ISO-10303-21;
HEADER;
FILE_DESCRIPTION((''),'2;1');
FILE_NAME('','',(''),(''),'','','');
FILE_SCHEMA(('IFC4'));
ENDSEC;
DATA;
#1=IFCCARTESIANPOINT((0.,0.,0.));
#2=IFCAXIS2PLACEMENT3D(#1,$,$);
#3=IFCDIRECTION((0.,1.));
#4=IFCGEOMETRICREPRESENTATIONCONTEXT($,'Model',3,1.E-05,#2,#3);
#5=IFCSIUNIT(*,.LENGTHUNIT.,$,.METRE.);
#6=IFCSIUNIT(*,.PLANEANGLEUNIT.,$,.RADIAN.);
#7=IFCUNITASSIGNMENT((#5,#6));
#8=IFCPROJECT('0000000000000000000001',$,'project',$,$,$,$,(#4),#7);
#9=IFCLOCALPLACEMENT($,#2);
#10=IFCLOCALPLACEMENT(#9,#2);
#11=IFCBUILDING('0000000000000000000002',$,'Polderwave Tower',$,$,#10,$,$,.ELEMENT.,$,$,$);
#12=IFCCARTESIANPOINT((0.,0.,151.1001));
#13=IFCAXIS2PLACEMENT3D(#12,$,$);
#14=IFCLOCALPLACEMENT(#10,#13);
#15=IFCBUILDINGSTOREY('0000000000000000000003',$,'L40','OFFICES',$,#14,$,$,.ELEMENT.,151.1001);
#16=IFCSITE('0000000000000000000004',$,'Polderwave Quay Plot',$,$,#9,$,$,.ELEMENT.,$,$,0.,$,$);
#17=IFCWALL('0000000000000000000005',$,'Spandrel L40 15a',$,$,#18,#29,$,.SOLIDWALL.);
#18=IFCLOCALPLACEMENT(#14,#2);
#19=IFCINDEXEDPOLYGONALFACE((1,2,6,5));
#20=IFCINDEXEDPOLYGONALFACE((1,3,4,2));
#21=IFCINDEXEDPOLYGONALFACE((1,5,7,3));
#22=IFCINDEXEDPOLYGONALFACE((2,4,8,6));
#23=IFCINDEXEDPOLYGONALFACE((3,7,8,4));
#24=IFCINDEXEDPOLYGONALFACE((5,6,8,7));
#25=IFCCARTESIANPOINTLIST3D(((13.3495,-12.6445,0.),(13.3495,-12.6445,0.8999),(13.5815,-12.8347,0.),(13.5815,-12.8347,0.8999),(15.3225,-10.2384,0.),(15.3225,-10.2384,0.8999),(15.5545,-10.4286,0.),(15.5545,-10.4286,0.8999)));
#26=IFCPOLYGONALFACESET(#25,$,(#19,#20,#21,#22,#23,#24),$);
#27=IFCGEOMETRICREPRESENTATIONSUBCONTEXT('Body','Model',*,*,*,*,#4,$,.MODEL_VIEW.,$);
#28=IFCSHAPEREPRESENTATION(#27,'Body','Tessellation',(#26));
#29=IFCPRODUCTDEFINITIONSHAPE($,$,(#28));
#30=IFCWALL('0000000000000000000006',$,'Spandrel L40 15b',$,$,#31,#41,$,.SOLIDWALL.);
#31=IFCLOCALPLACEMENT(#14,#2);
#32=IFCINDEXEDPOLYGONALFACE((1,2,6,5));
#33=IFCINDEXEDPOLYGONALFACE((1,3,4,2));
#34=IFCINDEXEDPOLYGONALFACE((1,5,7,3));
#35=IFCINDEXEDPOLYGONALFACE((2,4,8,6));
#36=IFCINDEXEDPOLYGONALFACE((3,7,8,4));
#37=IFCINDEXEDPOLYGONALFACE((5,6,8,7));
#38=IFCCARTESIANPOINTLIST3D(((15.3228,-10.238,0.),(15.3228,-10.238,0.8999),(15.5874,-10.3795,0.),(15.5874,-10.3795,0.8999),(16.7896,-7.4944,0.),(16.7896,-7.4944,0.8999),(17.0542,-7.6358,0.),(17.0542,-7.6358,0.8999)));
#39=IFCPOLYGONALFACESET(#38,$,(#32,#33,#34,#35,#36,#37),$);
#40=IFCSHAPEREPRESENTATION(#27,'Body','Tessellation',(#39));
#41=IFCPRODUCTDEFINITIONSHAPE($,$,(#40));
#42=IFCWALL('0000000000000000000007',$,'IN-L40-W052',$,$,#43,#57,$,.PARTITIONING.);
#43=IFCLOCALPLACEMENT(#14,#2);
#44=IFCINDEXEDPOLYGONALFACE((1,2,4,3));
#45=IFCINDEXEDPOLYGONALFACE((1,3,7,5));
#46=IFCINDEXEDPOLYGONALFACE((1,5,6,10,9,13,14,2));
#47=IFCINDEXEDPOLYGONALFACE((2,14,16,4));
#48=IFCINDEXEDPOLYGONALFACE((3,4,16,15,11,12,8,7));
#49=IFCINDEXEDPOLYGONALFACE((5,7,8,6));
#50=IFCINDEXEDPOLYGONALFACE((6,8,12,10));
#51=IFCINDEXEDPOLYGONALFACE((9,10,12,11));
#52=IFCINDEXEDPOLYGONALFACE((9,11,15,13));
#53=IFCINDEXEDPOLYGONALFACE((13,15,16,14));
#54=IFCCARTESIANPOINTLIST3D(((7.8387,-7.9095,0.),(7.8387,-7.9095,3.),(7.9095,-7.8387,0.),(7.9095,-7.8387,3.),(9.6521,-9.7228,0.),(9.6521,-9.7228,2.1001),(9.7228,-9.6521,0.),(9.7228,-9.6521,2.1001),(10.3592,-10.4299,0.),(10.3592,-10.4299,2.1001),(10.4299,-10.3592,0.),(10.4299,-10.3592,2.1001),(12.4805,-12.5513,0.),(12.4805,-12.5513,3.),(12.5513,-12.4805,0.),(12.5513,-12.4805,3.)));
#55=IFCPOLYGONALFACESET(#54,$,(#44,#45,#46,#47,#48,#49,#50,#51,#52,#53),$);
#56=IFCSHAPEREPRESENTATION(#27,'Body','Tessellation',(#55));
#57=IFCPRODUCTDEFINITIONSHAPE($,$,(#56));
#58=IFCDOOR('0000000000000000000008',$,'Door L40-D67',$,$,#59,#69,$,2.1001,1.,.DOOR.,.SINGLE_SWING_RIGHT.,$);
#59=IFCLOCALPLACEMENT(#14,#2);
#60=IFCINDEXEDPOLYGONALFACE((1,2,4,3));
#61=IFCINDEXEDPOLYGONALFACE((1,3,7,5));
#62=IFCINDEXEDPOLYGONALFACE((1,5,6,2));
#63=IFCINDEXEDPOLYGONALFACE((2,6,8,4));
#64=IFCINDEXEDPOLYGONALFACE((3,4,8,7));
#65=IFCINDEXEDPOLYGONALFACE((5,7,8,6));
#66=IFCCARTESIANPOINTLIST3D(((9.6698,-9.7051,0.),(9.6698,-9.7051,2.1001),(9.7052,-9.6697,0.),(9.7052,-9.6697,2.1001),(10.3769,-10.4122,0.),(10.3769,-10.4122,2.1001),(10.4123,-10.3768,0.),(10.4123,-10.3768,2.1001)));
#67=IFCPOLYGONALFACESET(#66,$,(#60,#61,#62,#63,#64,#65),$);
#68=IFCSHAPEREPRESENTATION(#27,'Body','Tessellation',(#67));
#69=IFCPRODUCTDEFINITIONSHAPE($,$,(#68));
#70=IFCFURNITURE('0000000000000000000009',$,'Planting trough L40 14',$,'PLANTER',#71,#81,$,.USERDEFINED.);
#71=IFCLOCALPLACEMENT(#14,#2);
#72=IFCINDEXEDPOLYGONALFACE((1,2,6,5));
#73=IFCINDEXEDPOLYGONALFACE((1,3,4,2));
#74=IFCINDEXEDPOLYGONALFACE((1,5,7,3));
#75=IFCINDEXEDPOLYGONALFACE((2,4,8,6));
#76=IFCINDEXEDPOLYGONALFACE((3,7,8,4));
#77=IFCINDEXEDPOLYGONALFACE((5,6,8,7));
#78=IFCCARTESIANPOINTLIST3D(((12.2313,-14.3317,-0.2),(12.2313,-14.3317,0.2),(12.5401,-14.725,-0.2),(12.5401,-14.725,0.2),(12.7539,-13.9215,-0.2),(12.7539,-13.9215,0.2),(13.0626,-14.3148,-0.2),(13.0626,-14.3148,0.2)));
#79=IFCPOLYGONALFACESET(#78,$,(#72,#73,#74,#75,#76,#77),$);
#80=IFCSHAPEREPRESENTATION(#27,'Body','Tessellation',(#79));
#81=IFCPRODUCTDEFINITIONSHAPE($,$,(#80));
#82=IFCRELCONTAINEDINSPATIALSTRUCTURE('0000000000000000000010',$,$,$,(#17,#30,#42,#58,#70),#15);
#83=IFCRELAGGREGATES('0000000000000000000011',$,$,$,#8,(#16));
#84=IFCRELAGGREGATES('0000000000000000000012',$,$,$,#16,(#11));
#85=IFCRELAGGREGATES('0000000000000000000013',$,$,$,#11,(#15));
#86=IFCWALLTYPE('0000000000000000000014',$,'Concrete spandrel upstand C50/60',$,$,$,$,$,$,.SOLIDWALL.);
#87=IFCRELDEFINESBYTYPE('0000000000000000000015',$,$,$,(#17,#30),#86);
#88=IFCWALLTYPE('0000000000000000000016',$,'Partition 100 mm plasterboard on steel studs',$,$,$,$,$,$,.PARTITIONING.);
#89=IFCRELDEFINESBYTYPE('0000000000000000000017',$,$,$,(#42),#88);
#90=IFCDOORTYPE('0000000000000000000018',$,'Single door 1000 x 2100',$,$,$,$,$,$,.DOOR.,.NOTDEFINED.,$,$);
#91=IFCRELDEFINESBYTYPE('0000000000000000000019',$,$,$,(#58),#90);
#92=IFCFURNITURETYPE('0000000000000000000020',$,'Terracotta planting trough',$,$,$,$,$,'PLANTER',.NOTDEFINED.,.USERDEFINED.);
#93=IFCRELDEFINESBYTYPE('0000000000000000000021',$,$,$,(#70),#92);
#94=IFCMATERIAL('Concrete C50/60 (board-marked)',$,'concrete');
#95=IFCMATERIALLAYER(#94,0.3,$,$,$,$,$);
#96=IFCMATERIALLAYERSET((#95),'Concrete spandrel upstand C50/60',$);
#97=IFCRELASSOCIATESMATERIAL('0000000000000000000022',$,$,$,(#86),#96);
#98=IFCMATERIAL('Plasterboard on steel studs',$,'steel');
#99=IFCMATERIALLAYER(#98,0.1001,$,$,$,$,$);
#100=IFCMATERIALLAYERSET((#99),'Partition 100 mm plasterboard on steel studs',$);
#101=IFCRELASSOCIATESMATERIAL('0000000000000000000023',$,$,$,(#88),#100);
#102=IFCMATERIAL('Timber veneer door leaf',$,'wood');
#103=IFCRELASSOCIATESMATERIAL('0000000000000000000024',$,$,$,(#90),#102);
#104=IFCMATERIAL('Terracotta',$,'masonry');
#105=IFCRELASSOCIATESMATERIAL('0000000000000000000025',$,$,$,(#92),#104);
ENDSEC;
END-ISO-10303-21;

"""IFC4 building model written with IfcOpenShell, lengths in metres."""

from ifc_helpers import new_model, si_unit, direction, frame, frame_2d, origin, origin_2d, place, context, subcontext, project, spatial, rectangle, extrude, material, layer, layer_set, type_object, element, fill, save


model = new_model("IFC4")

# Units and contexts
model_context = context("Model", 3, precision=1e-05, world=origin(), true_north=direction((0.0, 1.0)))
body_context = subcontext(model_context, "Body", "Model", "MODEL_VIEW")
ifc_project = project(units=[si_unit("LENGTHUNIT", "METRE"), si_unit("PLANEANGLEUNIT", "RADIAN")], contexts=[model_context])

# Site, building, storey
site_placement = place(None, origin())
site = spatial("IfcSite", under=ifc_project, at=site_placement, Name="Polderwave Quay Plot", CompositionType="ELEMENT", RefElevation=0.0)
building_placement = place(site_placement, origin())
building = spatial("IfcBuilding", under=site, at=building_placement, Name="Polderwave Tower", CompositionType="ELEMENT")
storey_placement = place(building_placement, frame((0.0, 0.0, 151.1001)))
storey = spatial("IfcBuildingStorey", under=building, at=storey_placement, Name="L40", Description="OFFICES", CompositionType="ELEMENT", Elevation=151.1001)

# Walls
ifc_material_1 = material(Name="Concrete C50/60 (board-marked)", Category="concrete")
ifc_layer_1 = layer(ifc_material_1, 0.3)
ifc_layer_set_1 = layer_set([ifc_layer_1], Name="Concrete spandrel upstand C50/60")
wall_type_1 = type_object("IfcWallType", Name="Concrete spandrel upstand C50/60", PredefinedType="SOLIDWALL", material=ifc_layer_set_1)
for number, where, z_axis, x_axis, name in (
    (1, (13.4656, -12.7395, 0.0), (0.0, 0.0, 1.0), (0.634075, 0.773272, 0.0), "Spandrel L40 15a"),
):
    element("IfcWall", number, at=place(storey_placement, frame(where, z_axis=z_axis, x_axis=x_axis)), inside=storey, type_object=wall_type_1, Name=name, PredefinedType="SOLIDWALL", context=body_context, shape_type="SweptSolid", body=[
        extrude(rectangle(XDim=3.1116, YDim=0.3, at=frame_2d((1.5557, 0.0))), origin(), (0.0, 0.0, 1.0), 0.8999),
    ])
wall_1_placement = place(storey_placement, frame((15.4551, -10.3088, 0.0), z_axis=(0.0, 0.0, 1.0), x_axis=(0.471468, 0.881883, 0.0)))
element("IfcWall", 2, at=wall_1_placement, inside=storey, type_object=wall_type_1, Name="Spandrel L40 15b", PredefinedType="SOLIDWALL", context=body_context, shape_type="SweptSolid", body=[
    extrude(rectangle(XDim=3.1111, YDim=0.3, at=frame_2d((1.5557, 0.0))), origin(), (0.0, 0.0, 1.0), 0.8999),
])

# Wall, opening, door
ifc_material_2 = material(Name="Plasterboard on steel studs", Category="steel")
ifc_layer_2 = layer(ifc_material_2, 0.1001)
ifc_layer_set_2 = layer_set([ifc_layer_2], Name="Partition 100 mm plasterboard on steel studs")
wall_type_2 = type_object("IfcWallType", Name="Partition 100 mm plasterboard on steel studs", PredefinedType="PARTITIONING", material=ifc_layer_set_2)
wall_2_placement = place(storey_placement, frame((12.5159, -12.5159, 0.0), z_axis=(0.0, 0.0, 1.0), x_axis=(-0.707107, 0.707107, 0.0)))
wall_2 = element("IfcWall", 3, at=wall_2_placement, inside=storey, type_object=wall_type_2, Name="IN-L40-W052", PredefinedType="PARTITIONING", context=body_context, shape_type="SweptSolid", body=[
    extrude(rectangle(XDim=6.5645, YDim=0.1001, at=frame_2d((3.2822, 0.0))), origin(), (0.0, 0.0, 1.0), 3.0),
])
opening_placement = place(wall_2_placement, frame((3.0, 0.0, 0.0)))
opening = element("IfcOpeningElement", 4, at=opening_placement, cuts=wall_2, PredefinedType="OPENING", context=body_context, shape_type="SweptSolid", body=[
    extrude(rectangle(XDim=1.0, YDim=2.1001, at=frame_2d((0.5, 1.05))), frame((0.0, 0.0601, 0.0), z_axis=(0.0, -1.0, 0.0), x_axis=(1.0, 0.0, 0.0)), (0.0, 0.0, 1.0), 0.1201),
])
ifc_material_3 = material(Name="Timber veneer door leaf", Category="wood")
door_type = type_object("IfcDoorType", Name="Single door 1000 x 2100", OperationType="NOTDEFINED", PredefinedType="DOOR", material=ifc_material_3)
door_placement = place(opening_placement, origin())
door = element("IfcDoor", 5, at=door_placement, inside=storey, type_object=door_type, Name="Door L40-D67", OperationType="SINGLE_SWING_RIGHT", OverallHeight=2.1001, OverallWidth=1.0, PredefinedType="DOOR", context=body_context, shape_type="SweptSolid", body=[
    extrude(rectangle(XDim=1.0, YDim=2.1001, at=frame_2d((0.5, 1.05))), frame((0.0, 0.0249, 0.0), z_axis=(0.0, -1.0, 0.0), x_axis=(1.0, 0.0, 0.0)), (0.0, 0.0, 1.0), 0.05),
])
fill(opening, door)

# Furniture
ifc_material_4 = material(Name="Terracotta", Category="masonry")
furniture_type = type_object("IfcFurnitureType", Name="Terracotta planting trough", ElementType="PLANTER", AssemblyPlace="NOTDEFINED", PredefinedType="USERDEFINED", material=ifc_material_4)
furniture_placement = place(storey_placement, frame((12.647, -14.3232, -0.2), z_axis=(0.0, 0.0, 1.0), x_axis=(0.786565, 0.617507, 0.0)))
element("IfcFurniture", 6, at=furniture_placement, inside=storey, type_object=furniture_type, Name="Planting trough L40 14", ObjectType="PLANTER", PredefinedType="USERDEFINED", context=body_context, shape_type="SweptSolid", body=[
    extrude(rectangle(XDim=0.6643, YDim=0.5, at=origin_2d()), origin(), (0.0, 0.0, 1.0), 0.3999),
])

save(model, "model.ifc")
